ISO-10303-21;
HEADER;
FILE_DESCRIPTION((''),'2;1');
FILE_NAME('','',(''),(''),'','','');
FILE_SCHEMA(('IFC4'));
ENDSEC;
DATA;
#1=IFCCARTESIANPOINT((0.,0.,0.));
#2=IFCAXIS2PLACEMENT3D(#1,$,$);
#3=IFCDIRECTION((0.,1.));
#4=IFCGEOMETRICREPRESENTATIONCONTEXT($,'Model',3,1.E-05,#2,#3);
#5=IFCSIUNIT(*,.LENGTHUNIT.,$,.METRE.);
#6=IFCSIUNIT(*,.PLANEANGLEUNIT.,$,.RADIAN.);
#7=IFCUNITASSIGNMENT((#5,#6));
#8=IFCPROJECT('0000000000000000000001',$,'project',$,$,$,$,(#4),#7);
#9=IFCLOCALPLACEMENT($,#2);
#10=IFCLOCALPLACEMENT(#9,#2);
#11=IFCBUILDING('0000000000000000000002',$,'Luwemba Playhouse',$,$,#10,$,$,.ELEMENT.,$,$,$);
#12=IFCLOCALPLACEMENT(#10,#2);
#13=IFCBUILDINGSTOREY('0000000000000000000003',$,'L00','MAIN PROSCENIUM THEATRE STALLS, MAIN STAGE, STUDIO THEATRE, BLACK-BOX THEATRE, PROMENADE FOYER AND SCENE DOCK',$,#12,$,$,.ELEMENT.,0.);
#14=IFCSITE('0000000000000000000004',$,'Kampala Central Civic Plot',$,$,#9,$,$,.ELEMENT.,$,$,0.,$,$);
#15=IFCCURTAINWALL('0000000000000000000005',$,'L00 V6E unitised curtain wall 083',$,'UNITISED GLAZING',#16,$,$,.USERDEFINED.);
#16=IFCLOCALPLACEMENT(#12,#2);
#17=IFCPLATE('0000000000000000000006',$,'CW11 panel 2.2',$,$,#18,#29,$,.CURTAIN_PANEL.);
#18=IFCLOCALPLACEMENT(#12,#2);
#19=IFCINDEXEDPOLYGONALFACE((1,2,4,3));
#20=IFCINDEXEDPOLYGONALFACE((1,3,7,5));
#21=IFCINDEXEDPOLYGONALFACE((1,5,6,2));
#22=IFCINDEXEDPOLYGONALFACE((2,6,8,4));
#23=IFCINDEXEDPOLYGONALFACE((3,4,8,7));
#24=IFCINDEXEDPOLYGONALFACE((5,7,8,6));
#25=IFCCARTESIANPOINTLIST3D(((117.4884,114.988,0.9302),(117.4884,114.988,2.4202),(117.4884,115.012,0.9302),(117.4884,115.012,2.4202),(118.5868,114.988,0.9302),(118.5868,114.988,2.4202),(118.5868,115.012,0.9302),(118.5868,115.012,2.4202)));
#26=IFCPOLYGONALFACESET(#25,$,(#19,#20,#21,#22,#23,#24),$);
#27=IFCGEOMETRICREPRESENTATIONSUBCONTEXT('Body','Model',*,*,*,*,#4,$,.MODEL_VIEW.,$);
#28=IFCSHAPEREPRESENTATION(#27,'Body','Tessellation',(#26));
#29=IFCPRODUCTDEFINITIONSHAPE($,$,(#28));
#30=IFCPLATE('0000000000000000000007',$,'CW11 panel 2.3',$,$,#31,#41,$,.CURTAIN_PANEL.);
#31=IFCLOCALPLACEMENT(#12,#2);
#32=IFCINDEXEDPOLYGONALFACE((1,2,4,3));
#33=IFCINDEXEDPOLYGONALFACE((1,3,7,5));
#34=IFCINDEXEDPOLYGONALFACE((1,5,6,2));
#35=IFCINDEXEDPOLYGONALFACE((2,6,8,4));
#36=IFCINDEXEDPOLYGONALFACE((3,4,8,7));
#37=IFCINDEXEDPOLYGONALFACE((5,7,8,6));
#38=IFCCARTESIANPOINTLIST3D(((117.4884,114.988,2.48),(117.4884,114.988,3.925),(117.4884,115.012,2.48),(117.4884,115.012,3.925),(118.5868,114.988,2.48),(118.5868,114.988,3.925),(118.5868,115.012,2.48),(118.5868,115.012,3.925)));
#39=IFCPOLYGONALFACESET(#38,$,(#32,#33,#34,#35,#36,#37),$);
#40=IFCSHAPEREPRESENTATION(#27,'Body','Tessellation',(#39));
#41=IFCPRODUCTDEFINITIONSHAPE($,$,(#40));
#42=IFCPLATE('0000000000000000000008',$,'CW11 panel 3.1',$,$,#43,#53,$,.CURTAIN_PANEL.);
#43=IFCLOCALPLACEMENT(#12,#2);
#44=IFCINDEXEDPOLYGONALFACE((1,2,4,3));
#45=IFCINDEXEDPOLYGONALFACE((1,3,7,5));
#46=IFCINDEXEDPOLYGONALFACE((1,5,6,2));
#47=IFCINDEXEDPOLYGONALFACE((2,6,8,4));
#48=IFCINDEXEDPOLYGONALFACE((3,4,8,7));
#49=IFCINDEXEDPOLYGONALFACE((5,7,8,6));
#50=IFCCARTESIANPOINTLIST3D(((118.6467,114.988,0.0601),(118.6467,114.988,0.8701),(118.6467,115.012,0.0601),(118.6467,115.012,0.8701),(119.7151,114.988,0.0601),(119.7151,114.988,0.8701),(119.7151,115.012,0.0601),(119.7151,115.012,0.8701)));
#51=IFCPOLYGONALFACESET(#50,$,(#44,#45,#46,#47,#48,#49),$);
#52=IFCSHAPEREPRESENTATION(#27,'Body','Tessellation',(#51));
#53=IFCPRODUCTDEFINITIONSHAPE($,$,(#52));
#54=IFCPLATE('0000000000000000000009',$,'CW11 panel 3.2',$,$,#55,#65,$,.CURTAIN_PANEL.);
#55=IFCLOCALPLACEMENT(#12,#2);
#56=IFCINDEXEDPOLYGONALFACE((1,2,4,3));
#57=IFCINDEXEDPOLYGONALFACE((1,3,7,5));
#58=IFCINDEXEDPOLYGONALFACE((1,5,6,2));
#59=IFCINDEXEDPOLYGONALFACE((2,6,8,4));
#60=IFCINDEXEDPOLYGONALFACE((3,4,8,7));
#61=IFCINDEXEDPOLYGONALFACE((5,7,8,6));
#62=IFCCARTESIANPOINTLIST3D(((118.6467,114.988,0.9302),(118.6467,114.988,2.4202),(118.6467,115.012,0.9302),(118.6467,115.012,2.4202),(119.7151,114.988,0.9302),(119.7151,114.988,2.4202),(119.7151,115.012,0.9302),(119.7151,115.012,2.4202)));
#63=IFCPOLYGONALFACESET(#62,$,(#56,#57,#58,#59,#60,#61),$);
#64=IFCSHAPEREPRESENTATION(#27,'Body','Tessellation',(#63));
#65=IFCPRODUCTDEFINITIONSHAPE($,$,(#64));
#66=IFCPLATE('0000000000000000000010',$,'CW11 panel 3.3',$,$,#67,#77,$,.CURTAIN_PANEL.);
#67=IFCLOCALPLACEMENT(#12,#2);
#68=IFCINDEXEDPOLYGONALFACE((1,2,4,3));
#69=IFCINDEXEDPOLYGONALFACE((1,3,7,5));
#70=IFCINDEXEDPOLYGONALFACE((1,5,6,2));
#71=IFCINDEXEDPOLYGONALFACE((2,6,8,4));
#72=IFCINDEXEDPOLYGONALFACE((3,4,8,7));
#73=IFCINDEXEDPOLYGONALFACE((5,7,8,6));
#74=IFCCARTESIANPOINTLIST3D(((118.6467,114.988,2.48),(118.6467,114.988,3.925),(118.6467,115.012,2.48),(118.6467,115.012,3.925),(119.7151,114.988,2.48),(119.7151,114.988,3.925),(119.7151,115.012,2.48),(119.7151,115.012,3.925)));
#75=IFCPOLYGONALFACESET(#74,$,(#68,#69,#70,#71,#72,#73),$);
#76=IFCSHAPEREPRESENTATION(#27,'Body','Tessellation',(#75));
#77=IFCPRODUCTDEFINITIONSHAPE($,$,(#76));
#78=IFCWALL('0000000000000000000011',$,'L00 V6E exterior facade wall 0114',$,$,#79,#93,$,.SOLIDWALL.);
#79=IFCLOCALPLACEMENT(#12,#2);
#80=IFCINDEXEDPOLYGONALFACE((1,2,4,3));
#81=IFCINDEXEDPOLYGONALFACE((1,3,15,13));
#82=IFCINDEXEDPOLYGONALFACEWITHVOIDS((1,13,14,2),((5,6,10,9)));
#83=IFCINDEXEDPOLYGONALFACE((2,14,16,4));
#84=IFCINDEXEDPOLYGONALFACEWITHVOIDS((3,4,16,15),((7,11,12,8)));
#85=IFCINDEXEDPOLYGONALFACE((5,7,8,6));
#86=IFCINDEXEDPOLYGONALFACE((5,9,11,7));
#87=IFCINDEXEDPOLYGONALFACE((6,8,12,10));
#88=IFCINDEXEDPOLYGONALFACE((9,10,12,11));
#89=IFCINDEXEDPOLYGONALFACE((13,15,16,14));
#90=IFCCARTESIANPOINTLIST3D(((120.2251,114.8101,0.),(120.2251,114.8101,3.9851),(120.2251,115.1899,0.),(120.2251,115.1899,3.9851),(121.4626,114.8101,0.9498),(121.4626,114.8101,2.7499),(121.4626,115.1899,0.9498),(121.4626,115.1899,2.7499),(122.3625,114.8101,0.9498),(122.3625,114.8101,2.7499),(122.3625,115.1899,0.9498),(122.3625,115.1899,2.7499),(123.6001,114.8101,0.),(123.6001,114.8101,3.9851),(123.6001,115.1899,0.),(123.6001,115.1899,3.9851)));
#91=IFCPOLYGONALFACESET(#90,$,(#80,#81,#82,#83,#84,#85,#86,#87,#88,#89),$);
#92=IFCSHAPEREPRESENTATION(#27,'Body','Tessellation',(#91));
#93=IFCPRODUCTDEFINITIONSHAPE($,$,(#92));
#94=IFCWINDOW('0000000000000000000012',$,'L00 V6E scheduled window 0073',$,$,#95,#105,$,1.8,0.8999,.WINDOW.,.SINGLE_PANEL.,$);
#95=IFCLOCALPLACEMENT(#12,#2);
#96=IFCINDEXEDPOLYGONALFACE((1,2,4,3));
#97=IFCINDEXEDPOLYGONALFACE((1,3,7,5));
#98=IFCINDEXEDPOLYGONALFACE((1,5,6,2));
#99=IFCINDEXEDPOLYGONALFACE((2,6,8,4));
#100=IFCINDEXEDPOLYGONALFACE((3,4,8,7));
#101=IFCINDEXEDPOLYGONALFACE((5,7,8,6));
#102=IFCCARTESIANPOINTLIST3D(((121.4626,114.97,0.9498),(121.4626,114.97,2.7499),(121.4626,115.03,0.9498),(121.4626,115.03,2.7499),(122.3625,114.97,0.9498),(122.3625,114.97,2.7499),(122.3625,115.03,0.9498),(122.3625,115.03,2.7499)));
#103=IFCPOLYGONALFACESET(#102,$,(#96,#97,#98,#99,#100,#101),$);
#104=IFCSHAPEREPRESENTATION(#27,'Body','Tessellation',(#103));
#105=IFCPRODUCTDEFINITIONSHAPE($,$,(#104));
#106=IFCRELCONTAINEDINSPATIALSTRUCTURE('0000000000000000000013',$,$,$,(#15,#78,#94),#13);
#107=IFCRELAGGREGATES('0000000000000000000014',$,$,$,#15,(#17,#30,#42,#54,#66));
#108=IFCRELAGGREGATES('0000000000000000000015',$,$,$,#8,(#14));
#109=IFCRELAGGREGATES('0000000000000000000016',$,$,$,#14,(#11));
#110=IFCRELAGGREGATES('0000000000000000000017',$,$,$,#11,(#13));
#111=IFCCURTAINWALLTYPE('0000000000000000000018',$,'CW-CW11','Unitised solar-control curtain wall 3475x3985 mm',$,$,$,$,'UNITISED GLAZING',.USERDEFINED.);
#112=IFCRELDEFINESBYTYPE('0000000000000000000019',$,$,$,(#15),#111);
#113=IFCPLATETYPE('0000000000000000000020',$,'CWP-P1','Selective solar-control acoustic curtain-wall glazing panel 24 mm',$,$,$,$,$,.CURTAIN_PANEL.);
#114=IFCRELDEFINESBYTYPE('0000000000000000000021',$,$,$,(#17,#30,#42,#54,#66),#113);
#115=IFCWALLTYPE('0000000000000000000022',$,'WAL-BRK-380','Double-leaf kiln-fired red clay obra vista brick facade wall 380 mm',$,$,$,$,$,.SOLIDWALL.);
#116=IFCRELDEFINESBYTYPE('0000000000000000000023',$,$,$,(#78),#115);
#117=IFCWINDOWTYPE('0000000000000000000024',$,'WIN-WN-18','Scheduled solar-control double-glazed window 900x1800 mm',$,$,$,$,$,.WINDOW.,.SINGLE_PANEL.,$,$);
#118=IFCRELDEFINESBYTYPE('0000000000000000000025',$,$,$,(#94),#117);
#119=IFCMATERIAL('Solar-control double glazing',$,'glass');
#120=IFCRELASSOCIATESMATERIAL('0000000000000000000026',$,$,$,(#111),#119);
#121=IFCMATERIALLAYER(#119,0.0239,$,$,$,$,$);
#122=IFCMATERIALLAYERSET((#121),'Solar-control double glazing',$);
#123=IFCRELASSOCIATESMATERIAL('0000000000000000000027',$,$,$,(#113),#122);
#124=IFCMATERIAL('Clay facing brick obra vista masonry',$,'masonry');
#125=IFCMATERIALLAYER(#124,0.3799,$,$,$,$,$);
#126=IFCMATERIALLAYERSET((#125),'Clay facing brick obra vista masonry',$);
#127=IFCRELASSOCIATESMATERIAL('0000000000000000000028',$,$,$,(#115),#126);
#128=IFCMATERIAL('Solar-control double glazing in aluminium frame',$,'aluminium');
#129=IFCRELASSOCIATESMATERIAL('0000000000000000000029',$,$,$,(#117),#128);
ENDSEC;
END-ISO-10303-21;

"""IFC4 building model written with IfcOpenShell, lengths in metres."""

from ifc_helpers import new_model, si_unit, direction, frame, frame_2d, origin, origin_2d, place, context, subcontext, project, spatial, rectangle, extrude, material, layer, layer_set, type_object, element, fill, aggregate, save


model = new_model("IFC4")

# Units and contexts
model_context = context("Model", 3, precision=1e-05, world=origin(), true_north=direction((0.0, 1.0)))
body_context = subcontext(model_context, "Body", "Model", "MODEL_VIEW")
ifc_project = project(units=[si_unit("LENGTHUNIT", "METRE"), si_unit("PLANEANGLEUNIT", "RADIAN")], contexts=[model_context])

# Site, building, storey
site_placement = place(None, origin())
site = spatial("IfcSite", under=ifc_project, at=site_placement, Name="Kampala Central Civic Plot", CompositionType="ELEMENT", RefElevation=0.0)
building_placement = place(site_placement, origin())
building = spatial("IfcBuilding", under=site, at=building_placement, Name="Luwemba Playhouse", CompositionType="ELEMENT")
storey_placement = place(building_placement, origin())
storey = spatial("IfcBuildingStorey", under=building, at=storey_placement, Name="L00", Description="MAIN PROSCENIUM THEATRE STALLS, MAIN STAGE, STUDIO THEATRE, BLACK-BOX THEATRE, PROMENADE FOYER AND SCENE DOCK", CompositionType="ELEMENT", Elevation=0.0)

# Curtain wall, plates
ifc_material_1 = material(Name="Solar-control double glazing", Category="glass")
curtain_wall_type = type_object("IfcCurtainWallType", Name="CW-CW11", Description="Unitised solar-control curtain wall 3475x3985 mm", ElementType="UNITISED GLAZING", PredefinedType="USERDEFINED", material=ifc_material_1)
curtain_wall_placement = place(storey_placement, origin())
curtain_wall = element("IfcCurtainWall", 1, at=curtain_wall_placement, inside=storey, type_object=curtain_wall_type, Name="L00 V6E unitised curtain wall 083", ObjectType="UNITISED GLAZING", PredefinedType="USERDEFINED")
ifc_layer_1 = layer(ifc_material_1, 0.0239)
ifc_layer_set_1 = layer_set([ifc_layer_1], Name="Solar-control double glazing")
plate_type = type_object("IfcPlateType", Name="CWP-P1", Description="Selective solar-control acoustic curtain-wall glazing panel 24 mm", PredefinedType="CURTAIN_PANEL", material=ifc_layer_set_1)
plate_1_placement = place(storey_placement, frame((118.0376, 115.0, 0.9302), z_axis=(0.0, 0.0, 1.0), x_axis=(1.0, 0.0, 0.0)))
plate_1 = element("IfcPlate", 2, at=plate_1_placement, type_object=plate_type, Name="CW11 panel 2.2", PredefinedType="CURTAIN_PANEL", context=body_context, shape_type="SweptSolid", body=[
    extrude(rectangle(XDim=1.0984, YDim=0.0239, at=origin_2d()), origin(), (0.0, 0.0, 1.0), 1.49),
])
plate_2_placement = place(storey_placement, frame((118.0376, 115.0, 2.48), z_axis=(0.0, 0.0, 1.0), x_axis=(1.0, 0.0, 0.0)))
plate_2 = element("IfcPlate", 3, at=plate_2_placement, type_object=plate_type, Name="CW11 panel 2.3", PredefinedType="CURTAIN_PANEL", context=body_context, shape_type="SweptSolid", body=[
    extrude(rectangle(XDim=1.0984, YDim=0.0239, at=origin_2d()), origin(), (0.0, 0.0, 1.0), 1.4451),
])
plate_3_placement = place(storey_placement, frame((119.1809, 115.0, 0.0601), z_axis=(0.0, 0.0, 1.0), x_axis=(1.0, 0.0, 0.0)))
plate_3 = element("IfcPlate", 4, at=plate_3_placement, type_object=plate_type, Name="CW11 panel 3.1", PredefinedType="CURTAIN_PANEL", context=body_context, shape_type="SweptSolid", body=[
    extrude(rectangle(XDim=1.0684, YDim=0.0239, at=origin_2d()), origin(), (0.0, 0.0, 1.0), 0.8101),
])
plate_4_placement = place(storey_placement, frame((119.1809, 115.0, 0.9302), z_axis=(0.0, 0.0, 1.0), x_axis=(1.0, 0.0, 0.0)))
plate_4 = element("IfcPlate", 5, at=plate_4_placement, type_object=plate_type, Name="CW11 panel 3.2", PredefinedType="CURTAIN_PANEL", context=body_context, shape_type="SweptSolid", body=[
    extrude(rectangle(XDim=1.0684, YDim=0.0239, at=origin_2d()), origin(), (0.0, 0.0, 1.0), 1.49),
])
plate_5_placement = place(storey_placement, frame((119.1809, 115.0, 2.48), z_axis=(0.0, 0.0, 1.0), x_axis=(1.0, 0.0, 0.0)))
plate_5 = element("IfcPlate", 6, at=plate_5_placement, type_object=plate_type, Name="CW11 panel 3.3", PredefinedType="CURTAIN_PANEL", context=body_context, shape_type="SweptSolid", body=[
    extrude(rectangle(XDim=1.0684, YDim=0.0239, at=origin_2d()), origin(), (0.0, 0.0, 1.0), 1.4451),
])
aggregate(curtain_wall, [plate_1, plate_2, plate_3, plate_4, plate_5])

# Wall, opening, window
ifc_material_2 = material(Name="Clay facing brick obra vista masonry", Category="masonry")
ifc_layer_2 = layer(ifc_material_2, 0.3799)
ifc_layer_set_2 = layer_set([ifc_layer_2], Name="Clay facing brick obra vista masonry")
wall_type = type_object("IfcWallType", Name="WAL-BRK-380", Description="Double-leaf kiln-fired red clay obra vista brick facade wall 380 mm", PredefinedType="SOLIDWALL", material=ifc_layer_set_2)
wall_placement = place(storey_placement, frame((120.2251, 115.0, 0.0), z_axis=(0.0, 0.0, 1.0), x_axis=(1.0, 0.0, 0.0)))
wall = element("IfcWall", 7, at=wall_placement, inside=storey, type_object=wall_type, Name="L00 V6E exterior facade wall 0114", PredefinedType="SOLIDWALL", context=body_context, shape_type="SweptSolid", body=[
    extrude(rectangle(XDim=3.375, YDim=0.3799, at=frame_2d((1.6875, 0.0))), origin(), (0.0, 0.0, 1.0), 3.9851),
])
opening_placement = place(wall_placement, frame((1.2375, 0.0, 0.95)))
opening = element("IfcOpeningElement", 8, at=opening_placement, cuts=wall, PredefinedType="OPENING", context=body_context, shape_type="SweptSolid", body=[
    extrude(rectangle(XDim=0.8999, YDim=1.8, at=frame_2d((0.45, 0.8999))), frame((0.0, 0.2, 0.0), z_axis=(0.0, -1.0, 0.0), x_axis=(1.0, 0.0, 0.0)), (0.0, 0.0, 1.0), 0.3999),
])
ifc_material_3 = material(Name="Solar-control double glazing in aluminium frame", Category="aluminium")
window_type = type_object("IfcWindowType", Name="WIN-WN-18", Description="Scheduled solar-control double-glazed window 900x1800 mm", PartitioningType="SINGLE_PANEL", PredefinedType="WINDOW", material=ifc_material_3)
window_placement = place(opening_placement, origin())
window = element("IfcWindow", 9, at=window_placement, inside=storey, type_object=window_type, Name="L00 V6E scheduled window 0073", OverallHeight=1.8, OverallWidth=0.8999, PartitioningType="SINGLE_PANEL", PredefinedType="WINDOW", context=body_context, shape_type="SweptSolid", body=[
    extrude(rectangle(XDim=0.8999, YDim=1.8, at=frame_2d((0.45, 0.8999))), frame((0.0, 0.03, 0.0), z_axis=(0.0, -1.0, 0.0), x_axis=(1.0, 0.0, 0.0)), (0.0, 0.0, 1.0), 0.0601),
])
fill(opening, window)

save(model, "model.ifc")
